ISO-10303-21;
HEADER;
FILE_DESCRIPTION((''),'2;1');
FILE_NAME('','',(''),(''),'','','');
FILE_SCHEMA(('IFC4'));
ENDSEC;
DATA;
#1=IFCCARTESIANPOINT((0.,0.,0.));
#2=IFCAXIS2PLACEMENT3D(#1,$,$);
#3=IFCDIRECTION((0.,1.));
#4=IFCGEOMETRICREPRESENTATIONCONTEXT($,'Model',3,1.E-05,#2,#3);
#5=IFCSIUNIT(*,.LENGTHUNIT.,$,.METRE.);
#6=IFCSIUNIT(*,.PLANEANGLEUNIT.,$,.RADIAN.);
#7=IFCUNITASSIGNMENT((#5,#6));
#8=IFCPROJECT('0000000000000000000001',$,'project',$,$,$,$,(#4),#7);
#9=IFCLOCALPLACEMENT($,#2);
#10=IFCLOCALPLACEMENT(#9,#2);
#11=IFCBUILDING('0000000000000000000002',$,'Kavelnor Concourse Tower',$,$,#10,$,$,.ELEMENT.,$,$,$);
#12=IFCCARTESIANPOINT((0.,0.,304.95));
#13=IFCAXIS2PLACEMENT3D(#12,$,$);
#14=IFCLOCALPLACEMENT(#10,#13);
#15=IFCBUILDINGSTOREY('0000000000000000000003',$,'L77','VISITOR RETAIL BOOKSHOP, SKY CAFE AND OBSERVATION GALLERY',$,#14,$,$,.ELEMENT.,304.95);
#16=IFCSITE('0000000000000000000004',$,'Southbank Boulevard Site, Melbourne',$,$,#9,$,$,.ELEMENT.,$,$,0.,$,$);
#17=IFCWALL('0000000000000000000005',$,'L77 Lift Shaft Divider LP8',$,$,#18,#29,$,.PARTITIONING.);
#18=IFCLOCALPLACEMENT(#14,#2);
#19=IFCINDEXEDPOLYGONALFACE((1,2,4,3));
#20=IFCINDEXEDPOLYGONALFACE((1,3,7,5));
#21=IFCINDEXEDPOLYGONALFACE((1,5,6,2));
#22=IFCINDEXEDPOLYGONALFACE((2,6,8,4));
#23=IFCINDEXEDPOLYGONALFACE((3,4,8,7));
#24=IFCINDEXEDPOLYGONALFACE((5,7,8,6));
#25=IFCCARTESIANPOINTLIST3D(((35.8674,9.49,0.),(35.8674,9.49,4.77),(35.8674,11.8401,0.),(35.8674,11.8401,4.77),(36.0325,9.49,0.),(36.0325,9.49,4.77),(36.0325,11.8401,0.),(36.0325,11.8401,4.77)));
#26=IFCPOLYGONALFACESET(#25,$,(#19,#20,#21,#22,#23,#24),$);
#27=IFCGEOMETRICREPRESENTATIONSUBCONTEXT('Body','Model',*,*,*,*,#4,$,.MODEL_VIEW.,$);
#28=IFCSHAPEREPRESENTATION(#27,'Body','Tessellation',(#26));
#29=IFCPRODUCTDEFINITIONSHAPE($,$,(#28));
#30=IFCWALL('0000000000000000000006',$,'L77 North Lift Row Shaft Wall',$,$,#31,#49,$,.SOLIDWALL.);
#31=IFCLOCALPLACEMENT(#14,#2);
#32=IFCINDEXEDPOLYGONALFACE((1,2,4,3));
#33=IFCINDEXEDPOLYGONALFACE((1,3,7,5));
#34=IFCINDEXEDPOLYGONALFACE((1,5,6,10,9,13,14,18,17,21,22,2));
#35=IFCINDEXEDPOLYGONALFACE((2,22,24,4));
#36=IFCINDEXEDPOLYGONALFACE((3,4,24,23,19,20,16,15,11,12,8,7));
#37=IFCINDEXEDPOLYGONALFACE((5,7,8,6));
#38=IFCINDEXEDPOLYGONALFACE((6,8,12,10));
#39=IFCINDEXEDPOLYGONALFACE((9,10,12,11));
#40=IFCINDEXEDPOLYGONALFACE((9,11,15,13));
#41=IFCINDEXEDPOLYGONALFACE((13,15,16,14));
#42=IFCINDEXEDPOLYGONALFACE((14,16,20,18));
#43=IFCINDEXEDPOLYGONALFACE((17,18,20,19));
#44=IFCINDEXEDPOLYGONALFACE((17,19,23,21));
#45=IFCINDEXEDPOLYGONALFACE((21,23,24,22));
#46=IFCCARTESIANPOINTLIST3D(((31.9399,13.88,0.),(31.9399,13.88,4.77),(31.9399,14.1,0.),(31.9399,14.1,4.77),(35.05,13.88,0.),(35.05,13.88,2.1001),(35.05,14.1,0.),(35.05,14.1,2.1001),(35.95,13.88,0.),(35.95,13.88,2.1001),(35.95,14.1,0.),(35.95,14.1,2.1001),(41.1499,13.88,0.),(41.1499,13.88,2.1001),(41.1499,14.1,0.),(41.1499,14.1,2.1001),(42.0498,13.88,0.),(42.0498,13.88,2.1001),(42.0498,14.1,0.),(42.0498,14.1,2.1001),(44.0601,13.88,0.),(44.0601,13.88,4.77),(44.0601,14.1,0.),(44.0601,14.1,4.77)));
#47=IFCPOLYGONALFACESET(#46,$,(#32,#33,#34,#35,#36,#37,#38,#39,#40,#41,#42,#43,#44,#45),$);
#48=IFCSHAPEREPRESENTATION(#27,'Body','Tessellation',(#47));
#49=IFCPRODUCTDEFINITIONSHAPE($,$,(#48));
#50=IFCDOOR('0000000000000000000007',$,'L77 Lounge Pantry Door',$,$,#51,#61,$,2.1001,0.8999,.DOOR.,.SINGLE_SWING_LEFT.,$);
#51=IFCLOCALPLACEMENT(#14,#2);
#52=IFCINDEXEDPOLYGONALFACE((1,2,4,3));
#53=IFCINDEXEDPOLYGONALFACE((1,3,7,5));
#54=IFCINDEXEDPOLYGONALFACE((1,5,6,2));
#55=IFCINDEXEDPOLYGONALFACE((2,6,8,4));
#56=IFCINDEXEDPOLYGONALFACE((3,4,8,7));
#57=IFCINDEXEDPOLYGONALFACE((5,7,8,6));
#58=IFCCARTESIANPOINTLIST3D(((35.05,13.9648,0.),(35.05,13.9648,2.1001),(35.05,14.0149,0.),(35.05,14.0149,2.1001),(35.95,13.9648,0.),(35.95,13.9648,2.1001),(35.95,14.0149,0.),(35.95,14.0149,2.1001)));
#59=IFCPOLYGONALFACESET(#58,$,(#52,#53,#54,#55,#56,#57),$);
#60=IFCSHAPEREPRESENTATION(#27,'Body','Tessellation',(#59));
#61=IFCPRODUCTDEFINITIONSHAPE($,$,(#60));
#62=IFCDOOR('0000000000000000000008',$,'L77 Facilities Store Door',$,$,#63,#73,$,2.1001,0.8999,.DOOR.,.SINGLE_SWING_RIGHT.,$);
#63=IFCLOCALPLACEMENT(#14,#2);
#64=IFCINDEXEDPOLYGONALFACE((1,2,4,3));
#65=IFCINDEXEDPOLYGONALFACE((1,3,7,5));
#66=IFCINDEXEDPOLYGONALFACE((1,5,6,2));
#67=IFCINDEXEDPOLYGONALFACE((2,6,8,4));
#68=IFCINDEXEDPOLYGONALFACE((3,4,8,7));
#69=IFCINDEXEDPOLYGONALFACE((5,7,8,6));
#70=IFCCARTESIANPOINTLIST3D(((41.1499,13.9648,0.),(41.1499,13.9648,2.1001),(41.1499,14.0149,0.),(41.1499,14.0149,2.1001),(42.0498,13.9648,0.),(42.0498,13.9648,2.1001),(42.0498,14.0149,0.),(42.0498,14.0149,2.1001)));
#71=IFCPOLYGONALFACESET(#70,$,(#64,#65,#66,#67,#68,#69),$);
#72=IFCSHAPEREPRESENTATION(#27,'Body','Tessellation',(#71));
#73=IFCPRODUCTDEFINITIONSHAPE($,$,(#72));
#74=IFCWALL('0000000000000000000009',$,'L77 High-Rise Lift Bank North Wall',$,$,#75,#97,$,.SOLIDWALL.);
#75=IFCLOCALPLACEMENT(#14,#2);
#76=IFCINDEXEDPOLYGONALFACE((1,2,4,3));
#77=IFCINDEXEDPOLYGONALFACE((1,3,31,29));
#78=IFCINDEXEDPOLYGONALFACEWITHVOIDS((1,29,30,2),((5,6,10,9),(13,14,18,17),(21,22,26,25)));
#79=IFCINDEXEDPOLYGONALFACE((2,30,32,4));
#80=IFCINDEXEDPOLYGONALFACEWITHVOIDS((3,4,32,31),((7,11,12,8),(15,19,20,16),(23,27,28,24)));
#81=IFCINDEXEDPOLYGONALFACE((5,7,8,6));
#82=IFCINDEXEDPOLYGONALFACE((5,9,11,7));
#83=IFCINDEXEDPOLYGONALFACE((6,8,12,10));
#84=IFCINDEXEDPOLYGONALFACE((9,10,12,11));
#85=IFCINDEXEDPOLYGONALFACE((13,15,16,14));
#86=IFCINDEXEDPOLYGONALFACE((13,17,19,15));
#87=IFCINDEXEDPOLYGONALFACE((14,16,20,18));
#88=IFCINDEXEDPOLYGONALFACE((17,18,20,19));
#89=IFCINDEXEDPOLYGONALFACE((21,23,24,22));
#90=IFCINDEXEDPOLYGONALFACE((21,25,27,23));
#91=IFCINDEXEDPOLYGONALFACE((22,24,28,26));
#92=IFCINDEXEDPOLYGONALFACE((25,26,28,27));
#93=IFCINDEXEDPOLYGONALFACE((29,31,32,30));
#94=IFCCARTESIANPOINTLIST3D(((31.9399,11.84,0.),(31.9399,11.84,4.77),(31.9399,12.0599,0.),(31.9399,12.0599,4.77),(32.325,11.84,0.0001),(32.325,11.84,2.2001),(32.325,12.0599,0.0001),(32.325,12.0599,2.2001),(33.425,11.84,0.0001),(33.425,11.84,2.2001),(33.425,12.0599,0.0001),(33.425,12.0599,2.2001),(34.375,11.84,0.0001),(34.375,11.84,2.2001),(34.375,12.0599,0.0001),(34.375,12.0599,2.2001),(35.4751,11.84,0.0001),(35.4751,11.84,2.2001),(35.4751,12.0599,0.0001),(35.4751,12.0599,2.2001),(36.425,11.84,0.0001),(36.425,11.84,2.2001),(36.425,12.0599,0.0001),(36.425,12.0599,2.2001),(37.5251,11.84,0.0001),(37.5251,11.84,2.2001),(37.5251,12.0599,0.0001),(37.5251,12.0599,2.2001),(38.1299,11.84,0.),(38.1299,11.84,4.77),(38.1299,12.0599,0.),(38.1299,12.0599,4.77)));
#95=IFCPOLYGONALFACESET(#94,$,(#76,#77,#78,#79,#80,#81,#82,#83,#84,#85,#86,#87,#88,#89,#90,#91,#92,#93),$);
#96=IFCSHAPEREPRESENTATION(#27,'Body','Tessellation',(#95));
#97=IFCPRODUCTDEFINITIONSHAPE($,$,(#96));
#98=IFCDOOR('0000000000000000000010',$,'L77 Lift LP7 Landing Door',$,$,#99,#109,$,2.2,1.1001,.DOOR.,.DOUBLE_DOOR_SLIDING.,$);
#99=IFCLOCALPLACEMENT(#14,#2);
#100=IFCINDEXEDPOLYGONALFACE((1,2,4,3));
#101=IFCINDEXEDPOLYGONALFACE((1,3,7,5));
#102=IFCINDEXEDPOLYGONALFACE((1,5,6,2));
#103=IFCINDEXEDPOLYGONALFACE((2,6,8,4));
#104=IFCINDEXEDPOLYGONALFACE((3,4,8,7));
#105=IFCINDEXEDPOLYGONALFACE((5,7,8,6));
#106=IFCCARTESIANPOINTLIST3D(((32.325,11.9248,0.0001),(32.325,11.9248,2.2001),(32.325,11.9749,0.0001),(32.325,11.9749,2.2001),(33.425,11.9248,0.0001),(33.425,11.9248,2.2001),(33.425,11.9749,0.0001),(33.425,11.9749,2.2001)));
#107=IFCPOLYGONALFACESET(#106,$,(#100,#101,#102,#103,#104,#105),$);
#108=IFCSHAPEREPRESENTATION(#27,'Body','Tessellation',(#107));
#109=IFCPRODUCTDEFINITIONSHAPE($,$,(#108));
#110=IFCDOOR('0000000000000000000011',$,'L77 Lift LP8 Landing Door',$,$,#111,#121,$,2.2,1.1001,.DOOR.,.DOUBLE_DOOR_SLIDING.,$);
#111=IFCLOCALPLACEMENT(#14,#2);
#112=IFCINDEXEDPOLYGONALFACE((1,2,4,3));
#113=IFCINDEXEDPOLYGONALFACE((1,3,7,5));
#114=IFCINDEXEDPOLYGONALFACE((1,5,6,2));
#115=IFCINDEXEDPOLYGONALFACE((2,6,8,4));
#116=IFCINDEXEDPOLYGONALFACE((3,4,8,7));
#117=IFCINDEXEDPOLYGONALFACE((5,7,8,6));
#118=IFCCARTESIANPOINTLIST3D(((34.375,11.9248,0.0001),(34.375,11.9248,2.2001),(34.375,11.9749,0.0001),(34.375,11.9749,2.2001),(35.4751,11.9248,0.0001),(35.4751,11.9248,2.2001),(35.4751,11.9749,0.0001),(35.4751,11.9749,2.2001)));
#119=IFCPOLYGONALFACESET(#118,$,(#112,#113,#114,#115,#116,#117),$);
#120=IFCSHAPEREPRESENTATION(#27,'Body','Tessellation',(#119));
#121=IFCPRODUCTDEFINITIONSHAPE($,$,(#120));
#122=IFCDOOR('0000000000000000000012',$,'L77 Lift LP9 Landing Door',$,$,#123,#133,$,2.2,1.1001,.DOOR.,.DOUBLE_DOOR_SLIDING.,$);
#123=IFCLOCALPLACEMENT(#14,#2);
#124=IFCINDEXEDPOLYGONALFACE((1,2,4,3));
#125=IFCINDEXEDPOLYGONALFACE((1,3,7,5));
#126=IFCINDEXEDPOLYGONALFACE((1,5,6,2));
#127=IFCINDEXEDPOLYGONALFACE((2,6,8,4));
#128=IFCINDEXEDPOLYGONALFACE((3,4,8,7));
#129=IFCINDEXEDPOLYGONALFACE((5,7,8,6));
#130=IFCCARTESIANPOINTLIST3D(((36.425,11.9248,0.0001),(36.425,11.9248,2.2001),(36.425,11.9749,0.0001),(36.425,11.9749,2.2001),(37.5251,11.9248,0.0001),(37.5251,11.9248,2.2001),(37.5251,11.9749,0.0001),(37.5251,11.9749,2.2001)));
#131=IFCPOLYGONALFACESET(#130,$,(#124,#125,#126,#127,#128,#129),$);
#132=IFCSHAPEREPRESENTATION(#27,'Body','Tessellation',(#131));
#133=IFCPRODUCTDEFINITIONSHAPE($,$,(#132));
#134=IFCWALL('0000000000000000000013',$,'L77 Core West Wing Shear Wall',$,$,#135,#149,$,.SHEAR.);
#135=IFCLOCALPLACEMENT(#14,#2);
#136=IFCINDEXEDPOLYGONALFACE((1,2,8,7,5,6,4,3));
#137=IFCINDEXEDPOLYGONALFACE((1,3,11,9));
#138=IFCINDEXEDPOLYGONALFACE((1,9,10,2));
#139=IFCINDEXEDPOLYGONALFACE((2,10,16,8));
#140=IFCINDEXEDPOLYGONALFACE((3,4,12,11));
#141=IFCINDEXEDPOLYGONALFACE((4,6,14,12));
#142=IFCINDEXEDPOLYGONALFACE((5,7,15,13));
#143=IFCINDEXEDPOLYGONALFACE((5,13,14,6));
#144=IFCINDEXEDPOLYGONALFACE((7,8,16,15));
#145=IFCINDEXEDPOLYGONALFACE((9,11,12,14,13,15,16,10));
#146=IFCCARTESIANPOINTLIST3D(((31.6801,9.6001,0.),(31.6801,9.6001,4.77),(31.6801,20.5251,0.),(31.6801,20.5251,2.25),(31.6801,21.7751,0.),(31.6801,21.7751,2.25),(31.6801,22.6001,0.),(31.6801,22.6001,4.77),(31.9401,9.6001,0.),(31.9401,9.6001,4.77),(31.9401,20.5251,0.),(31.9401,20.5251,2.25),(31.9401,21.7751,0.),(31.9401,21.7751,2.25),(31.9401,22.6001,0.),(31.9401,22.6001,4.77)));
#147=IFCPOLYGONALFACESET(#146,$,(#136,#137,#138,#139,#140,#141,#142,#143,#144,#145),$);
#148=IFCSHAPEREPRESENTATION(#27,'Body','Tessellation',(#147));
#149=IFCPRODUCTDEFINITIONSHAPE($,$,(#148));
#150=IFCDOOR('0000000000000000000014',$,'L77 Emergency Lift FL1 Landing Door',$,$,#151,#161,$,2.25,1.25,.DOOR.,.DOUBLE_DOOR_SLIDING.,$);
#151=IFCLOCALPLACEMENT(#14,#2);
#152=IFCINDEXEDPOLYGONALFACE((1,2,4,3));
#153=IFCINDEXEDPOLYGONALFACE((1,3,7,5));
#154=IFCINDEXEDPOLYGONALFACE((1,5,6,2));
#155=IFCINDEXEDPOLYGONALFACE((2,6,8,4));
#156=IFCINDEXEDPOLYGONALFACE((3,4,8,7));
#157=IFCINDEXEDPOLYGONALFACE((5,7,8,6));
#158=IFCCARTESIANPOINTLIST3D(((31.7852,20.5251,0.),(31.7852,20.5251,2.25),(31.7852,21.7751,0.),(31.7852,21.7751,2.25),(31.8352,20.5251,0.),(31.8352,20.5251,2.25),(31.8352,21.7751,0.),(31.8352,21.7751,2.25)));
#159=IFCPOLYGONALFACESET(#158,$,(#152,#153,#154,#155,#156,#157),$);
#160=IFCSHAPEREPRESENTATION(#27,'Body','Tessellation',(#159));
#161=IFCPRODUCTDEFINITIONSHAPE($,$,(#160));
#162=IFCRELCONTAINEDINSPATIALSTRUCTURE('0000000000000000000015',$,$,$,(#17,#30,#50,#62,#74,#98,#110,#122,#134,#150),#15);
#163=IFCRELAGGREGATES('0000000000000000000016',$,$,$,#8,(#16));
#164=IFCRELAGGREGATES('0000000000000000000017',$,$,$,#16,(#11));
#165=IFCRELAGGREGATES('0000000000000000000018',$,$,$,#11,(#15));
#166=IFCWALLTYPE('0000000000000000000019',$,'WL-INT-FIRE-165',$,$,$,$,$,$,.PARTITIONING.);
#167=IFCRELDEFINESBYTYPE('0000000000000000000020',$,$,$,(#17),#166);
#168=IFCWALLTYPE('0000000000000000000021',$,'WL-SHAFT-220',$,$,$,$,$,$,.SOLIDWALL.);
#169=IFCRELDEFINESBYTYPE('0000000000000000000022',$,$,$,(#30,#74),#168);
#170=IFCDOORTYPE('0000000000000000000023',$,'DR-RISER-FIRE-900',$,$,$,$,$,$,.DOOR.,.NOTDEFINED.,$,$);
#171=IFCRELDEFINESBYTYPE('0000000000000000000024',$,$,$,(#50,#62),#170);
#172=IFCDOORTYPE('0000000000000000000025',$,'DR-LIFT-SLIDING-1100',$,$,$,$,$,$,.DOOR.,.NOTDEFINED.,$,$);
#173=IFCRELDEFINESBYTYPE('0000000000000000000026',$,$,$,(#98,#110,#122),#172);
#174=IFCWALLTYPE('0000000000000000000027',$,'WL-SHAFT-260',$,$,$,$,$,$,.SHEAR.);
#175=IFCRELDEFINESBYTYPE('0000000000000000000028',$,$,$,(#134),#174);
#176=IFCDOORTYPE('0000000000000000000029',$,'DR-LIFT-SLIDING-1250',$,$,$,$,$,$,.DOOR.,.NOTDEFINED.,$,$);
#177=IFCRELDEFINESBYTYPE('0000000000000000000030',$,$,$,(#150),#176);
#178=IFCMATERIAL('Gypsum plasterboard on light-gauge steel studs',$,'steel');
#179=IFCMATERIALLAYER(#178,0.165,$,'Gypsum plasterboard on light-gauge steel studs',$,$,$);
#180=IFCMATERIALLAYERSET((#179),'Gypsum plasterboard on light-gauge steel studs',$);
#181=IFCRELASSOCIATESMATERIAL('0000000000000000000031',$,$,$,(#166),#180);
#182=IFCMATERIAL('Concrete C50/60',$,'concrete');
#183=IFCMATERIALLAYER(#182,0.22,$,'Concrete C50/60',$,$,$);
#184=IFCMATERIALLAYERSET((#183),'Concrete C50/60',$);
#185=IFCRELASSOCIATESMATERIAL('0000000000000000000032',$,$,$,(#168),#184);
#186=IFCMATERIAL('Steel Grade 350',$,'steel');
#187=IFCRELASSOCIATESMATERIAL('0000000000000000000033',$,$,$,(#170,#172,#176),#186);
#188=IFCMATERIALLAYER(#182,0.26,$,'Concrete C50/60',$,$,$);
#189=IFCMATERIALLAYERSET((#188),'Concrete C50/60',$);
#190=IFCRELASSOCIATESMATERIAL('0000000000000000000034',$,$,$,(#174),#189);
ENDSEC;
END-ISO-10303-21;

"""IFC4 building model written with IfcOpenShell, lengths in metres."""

from ifc_helpers import new_model, si_unit, direction, frame, frame_2d, origin, place, context, subcontext, project, spatial, rectangle, extrude, material, layer, layer_set, type_object, element, fill, save


model = new_model("IFC4")

# Units and contexts
model_context = context("Model", 3, precision=1e-05, world=origin(), true_north=direction((0.0, 1.0)))
body_context = subcontext(model_context, "Body", "Model", "MODEL_VIEW")
ifc_project = project(units=[si_unit("LENGTHUNIT", "METRE"), si_unit("PLANEANGLEUNIT", "RADIAN")], contexts=[model_context])

# Site, building, storey
site_placement = place(None, origin())
site = spatial("IfcSite", under=ifc_project, at=site_placement, Name="Southbank Boulevard Site, Melbourne", CompositionType="ELEMENT", RefElevation=0.0)
building_placement = place(site_placement, origin())
building = spatial("IfcBuilding", under=site, at=building_placement, Name="Kavelnor Concourse Tower", CompositionType="ELEMENT")
storey_placement = place(building_placement, frame((0.0, 0.0, 304.95)))
storey = spatial("IfcBuildingStorey", under=building, at=storey_placement, Name="L77", Description="VISITOR RETAIL BOOKSHOP, SKY CAFE AND OBSERVATION GALLERY", CompositionType="ELEMENT", Elevation=304.95)

# Shared definitions
ifc_material_1 = material(Name="Steel Grade 350", Category="steel")

# Wall
ifc_material_2 = material(Name="Gypsum plasterboard on light-gauge steel studs", Category="steel")
ifc_layer_1 = layer(ifc_material_2, 0.165, Name="Gypsum plasterboard on light-gauge steel studs")
ifc_layer_set_1 = layer_set([ifc_layer_1], Name="Gypsum plasterboard on light-gauge steel studs")
wall_type_1 = type_object("IfcWallType", Name="WL-INT-FIRE-165", PredefinedType="PARTITIONING", material=ifc_layer_set_1)
for number, where, z_axis, x_axis, name in (
    (1, (35.95, 9.49, 0.0), (0.0, 0.0, 1.0), (0.0, 1.0, 0.0), "L77 Lift Shaft Divider LP8"),
):
    element("IfcWall", number, at=place(storey_placement, frame(where, z_axis=z_axis, x_axis=x_axis)), inside=storey, type_object=wall_type_1, Name=name, PredefinedType="PARTITIONING", context=body_context, shape_type="SweptSolid", body=[
        extrude(rectangle(XDim=2.3501, YDim=0.165, at=frame_2d((1.175, 0.0))), origin(), (0.0, 0.0, 1.0), 4.77),
    ])

# Walls, openings, doors
ifc_material_3 = material(Name="Concrete C50/60", Category="concrete")
ifc_layer_2 = layer(ifc_material_3, 0.22, Name="Concrete C50/60")
ifc_layer_set_2 = layer_set([ifc_layer_2], Name="Concrete C50/60")
wall_type_2 = type_object("IfcWallType", Name="WL-SHAFT-220", PredefinedType="SOLIDWALL", material=ifc_layer_set_2)
wall_1_placement = place(storey_placement, frame((31.9399, 13.99, 0.0), z_axis=(0.0, 0.0, 1.0), x_axis=(1.0, 0.0, 0.0)))
wall_1 = element("IfcWall", 2, at=wall_1_placement, inside=storey, type_object=wall_type_2, Name="L77 North Lift Row Shaft Wall", PredefinedType="SOLIDWALL", context=body_context, shape_type="SweptSolid", body=[
    extrude(rectangle(XDim=12.1201, YDim=0.22, at=frame_2d((6.0601, 0.0))), origin(), (0.0, 0.0, 1.0), 4.77),
])
opening_1_placement = place(wall_1_placement, frame((3.1101, 0.0, 0.0)))
opening_1 = element("IfcOpeningElement", 3, at=opening_1_placement, cuts=wall_1, PredefinedType="OPENING", context=body_context, shape_type="SweptSolid", body=[
    extrude(rectangle(XDim=0.8999, YDim=2.1001, at=frame_2d((0.45, 1.05))), frame((0.0, 0.1201, 0.0), z_axis=(0.0, -1.0, 0.0), x_axis=(1.0, 0.0, 0.0)), (0.0, 0.0, 1.0), 0.24),
])
opening_2_placement = place(wall_1_placement, frame((9.21, 0.0, 0.0)))
opening_2 = element("IfcOpeningElement", 4, at=opening_2_placement, cuts=wall_1, PredefinedType="OPENING", context=body_context, shape_type="SweptSolid", body=[
    extrude(rectangle(XDim=0.8999, YDim=2.1001, at=frame_2d((0.45, 1.05))), frame((0.0, 0.1201, 0.0), z_axis=(0.0, -1.0, 0.0), x_axis=(1.0, 0.0, 0.0)), (0.0, 0.0, 1.0), 0.24),
])
door_type_1 = type_object("IfcDoorType", Name="DR-RISER-FIRE-900", OperationType="NOTDEFINED", PredefinedType="DOOR", material=ifc_material_1)
door_1_placement = place(opening_1_placement, origin())
door_1 = element("IfcDoor", 5, at=door_1_placement, inside=storey, type_object=door_type_1, Name="L77 Lounge Pantry Door", OperationType="SINGLE_SWING_LEFT", OverallHeight=2.1001, OverallWidth=0.8999, PredefinedType="DOOR", context=body_context, shape_type="SweptSolid", body=[
    extrude(rectangle(XDim=0.8999, YDim=2.1001, at=frame_2d((0.45, 1.05))), frame((0.0, 0.0249, 0.0), z_axis=(0.0, -1.0, 0.0), x_axis=(1.0, 0.0, 0.0)), (0.0, 0.0, 1.0), 0.05),
])
fill(opening_1, door_1)
door_2_placement = place(opening_2_placement, origin())
door_2 = element("IfcDoor", 6, at=door_2_placement, inside=storey, type_object=door_type_1, Name="L77 Facilities Store Door", OperationType="SINGLE_SWING_RIGHT", OverallHeight=2.1001, OverallWidth=0.8999, PredefinedType="DOOR", context=body_context, shape_type="SweptSolid", body=[
    extrude(rectangle(XDim=0.8999, YDim=2.1001, at=frame_2d((0.45, 1.05))), frame((0.0, 0.0249, 0.0), z_axis=(0.0, -1.0, 0.0), x_axis=(1.0, 0.0, 0.0)), (0.0, 0.0, 1.0), 0.05),
])
fill(opening_2, door_2)
wall_2_placement = place(storey_placement, frame((31.9399, 11.95, 0.0), z_axis=(0.0, 0.0, 1.0), x_axis=(1.0, 0.0, 0.0)))
wall_2 = element("IfcWall", 7, at=wall_2_placement, inside=storey, type_object=wall_type_2, Name="L77 High-Rise Lift Bank North Wall", PredefinedType="SOLIDWALL", context=body_context, shape_type="SweptSolid", body=[
    extrude(rectangle(XDim=6.1899, YDim=0.22, at=frame_2d((3.095, 0.0))), origin(), (0.0, 0.0, 1.0), 4.77),
])
opening_3_placement = place(wall_2_placement, frame((0.385, 0.0, 0.0)))
opening_3 = element("IfcOpeningElement", 8, at=opening_3_placement, cuts=wall_2, PredefinedType="OPENING", context=body_context, shape_type="SweptSolid", body=[
    extrude(rectangle(XDim=1.1001, YDim=2.2, at=frame_2d((0.55, 1.1001))), frame((0.0, 0.1201, 0.0), z_axis=(0.0, -1.0, 0.0), x_axis=(1.0, 0.0, 0.0)), (0.0, 0.0, 1.0), 0.24),
])
opening_4_placement = place(wall_2_placement, frame((2.4351, 0.0, 0.0)))
opening_4 = element("IfcOpeningElement", 9, at=opening_4_placement, cuts=wall_2, PredefinedType="OPENING", context=body_context, shape_type="SweptSolid", body=[
    extrude(rectangle(XDim=1.1001, YDim=2.2, at=frame_2d((0.55, 1.1001))), frame((0.0, 0.1201, 0.0), z_axis=(0.0, -1.0, 0.0), x_axis=(1.0, 0.0, 0.0)), (0.0, 0.0, 1.0), 0.24),
])
opening_5_placement = place(wall_2_placement, frame((4.4851, 0.0, 0.0)))
opening_5 = element("IfcOpeningElement", 10, at=opening_5_placement, cuts=wall_2, PredefinedType="OPENING", context=body_context, shape_type="SweptSolid", body=[
    extrude(rectangle(XDim=1.1001, YDim=2.2, at=frame_2d((0.55, 1.1001))), frame((0.0, 0.1201, 0.0), z_axis=(0.0, -1.0, 0.0), x_axis=(1.0, 0.0, 0.0)), (0.0, 0.0, 1.0), 0.24),
])
door_type_2 = type_object("IfcDoorType", Name="DR-LIFT-SLIDING-1100", OperationType="NOTDEFINED", PredefinedType="DOOR", material=ifc_material_1)
door_3_placement = place(opening_3_placement, origin())
door_3 = element("IfcDoor", 11, at=door_3_placement, inside=storey, type_object=door_type_2, Name="L77 Lift LP7 Landing Door", OperationType="DOUBLE_DOOR_SLIDING", OverallHeight=2.2, OverallWidth=1.1001, PredefinedType="DOOR", context=body_context, shape_type="SweptSolid", body=[
    extrude(rectangle(XDim=1.1001, YDim=2.2, at=frame_2d((0.55, 1.1001))), frame((0.0, 0.0249, 0.0), z_axis=(0.0, -1.0, 0.0), x_axis=(1.0, 0.0, 0.0)), (0.0, 0.0, 1.0), 0.05),
])
fill(opening_3, door_3)
door_4_placement = place(opening_4_placement, origin())
door_4 = element("IfcDoor", 12, at=door_4_placement, inside=storey, type_object=door_type_2, Name="L77 Lift LP8 Landing Door", OperationType="DOUBLE_DOOR_SLIDING", OverallHeight=2.2, OverallWidth=1.1001, PredefinedType="DOOR", context=body_context, shape_type="SweptSolid", body=[
    extrude(rectangle(XDim=1.1001, YDim=2.2, at=frame_2d((0.55, 1.1001))), frame((0.0, 0.0249, 0.0), z_axis=(0.0, -1.0, 0.0), x_axis=(1.0, 0.0, 0.0)), (0.0, 0.0, 1.0), 0.05),
])
fill(opening_4, door_4)
door_5_placement = place(opening_5_placement, origin())
door_5 = element("IfcDoor", 13, at=door_5_placement, inside=storey, type_object=door_type_2, Name="L77 Lift LP9 Landing Door", OperationType="DOUBLE_DOOR_SLIDING", OverallHeight=2.2, OverallWidth=1.1001, PredefinedType="DOOR", context=body_context, shape_type="SweptSolid", body=[
    extrude(rectangle(XDim=1.1001, YDim=2.2, at=frame_2d((0.55, 1.1001))), frame((0.0, 0.0249, 0.0), z_axis=(0.0, -1.0, 0.0), x_axis=(1.0, 0.0, 0.0)), (0.0, 0.0, 1.0), 0.05),
])
fill(opening_5, door_5)

# Wall, opening, door
ifc_layer_3 = layer(ifc_material_3, 0.26, Name="Concrete C50/60")
ifc_layer_set_3 = layer_set([ifc_layer_3], Name="Concrete C50/60")
wall_type_3 = type_object("IfcWallType", Name="WL-SHAFT-260", PredefinedType="SHEAR", material=ifc_layer_set_3)
wall_3_placement = place(storey_placement, frame((31.8101, 9.6001, 0.0), z_axis=(0.0, 0.0, 1.0), x_axis=(0.0, 1.0, 0.0)))
wall_3 = element("IfcWall", 14, at=wall_3_placement, inside=storey, type_object=wall_type_3, Name="L77 Core West Wing Shear Wall", PredefinedType="SHEAR", context=body_context, shape_type="SweptSolid", body=[
    extrude(rectangle(XDim=13.0, YDim=0.26, at=frame_2d((6.5, 0.0))), origin(), (0.0, 0.0, 1.0), 4.77),
])
opening_6_placement = place(wall_3_placement, frame((10.925, 0.0, 0.0)))
opening_6 = element("IfcOpeningElement", 15, at=opening_6_placement, cuts=wall_3, PredefinedType="OPENING", context=body_context, shape_type="SweptSolid", body=[
    extrude(rectangle(XDim=1.25, YDim=2.25, at=frame_2d((0.625, 1.125))), frame((0.0, 0.1401, 0.0), z_axis=(0.0, -1.0, 0.0), x_axis=(1.0, 0.0, 0.0)), (0.0, 0.0, 1.0), 0.28),
])
door_type_3 = type_object("IfcDoorType", Name="DR-LIFT-SLIDING-1250", OperationType="NOTDEFINED", PredefinedType="DOOR", material=ifc_material_1)
door_6_placement = place(opening_6_placement, origin())
door_6 = element("IfcDoor", 16, at=door_6_placement, inside=storey, type_object=door_type_3, Name="L77 Emergency Lift FL1 Landing Door", OperationType="DOUBLE_DOOR_SLIDING", OverallHeight=2.25, OverallWidth=1.25, PredefinedType="DOOR", context=body_context, shape_type="SweptSolid", body=[
    extrude(rectangle(XDim=1.25, YDim=2.25, at=frame_2d((0.625, 1.125))), frame((0.0, 0.0249, 0.0), z_axis=(0.0, -1.0, 0.0), x_axis=(1.0, 0.0, 0.0)), (0.0, 0.0, 1.0), 0.05),
])
fill(opening_6, door_6)

save(model, "model.ifc")
